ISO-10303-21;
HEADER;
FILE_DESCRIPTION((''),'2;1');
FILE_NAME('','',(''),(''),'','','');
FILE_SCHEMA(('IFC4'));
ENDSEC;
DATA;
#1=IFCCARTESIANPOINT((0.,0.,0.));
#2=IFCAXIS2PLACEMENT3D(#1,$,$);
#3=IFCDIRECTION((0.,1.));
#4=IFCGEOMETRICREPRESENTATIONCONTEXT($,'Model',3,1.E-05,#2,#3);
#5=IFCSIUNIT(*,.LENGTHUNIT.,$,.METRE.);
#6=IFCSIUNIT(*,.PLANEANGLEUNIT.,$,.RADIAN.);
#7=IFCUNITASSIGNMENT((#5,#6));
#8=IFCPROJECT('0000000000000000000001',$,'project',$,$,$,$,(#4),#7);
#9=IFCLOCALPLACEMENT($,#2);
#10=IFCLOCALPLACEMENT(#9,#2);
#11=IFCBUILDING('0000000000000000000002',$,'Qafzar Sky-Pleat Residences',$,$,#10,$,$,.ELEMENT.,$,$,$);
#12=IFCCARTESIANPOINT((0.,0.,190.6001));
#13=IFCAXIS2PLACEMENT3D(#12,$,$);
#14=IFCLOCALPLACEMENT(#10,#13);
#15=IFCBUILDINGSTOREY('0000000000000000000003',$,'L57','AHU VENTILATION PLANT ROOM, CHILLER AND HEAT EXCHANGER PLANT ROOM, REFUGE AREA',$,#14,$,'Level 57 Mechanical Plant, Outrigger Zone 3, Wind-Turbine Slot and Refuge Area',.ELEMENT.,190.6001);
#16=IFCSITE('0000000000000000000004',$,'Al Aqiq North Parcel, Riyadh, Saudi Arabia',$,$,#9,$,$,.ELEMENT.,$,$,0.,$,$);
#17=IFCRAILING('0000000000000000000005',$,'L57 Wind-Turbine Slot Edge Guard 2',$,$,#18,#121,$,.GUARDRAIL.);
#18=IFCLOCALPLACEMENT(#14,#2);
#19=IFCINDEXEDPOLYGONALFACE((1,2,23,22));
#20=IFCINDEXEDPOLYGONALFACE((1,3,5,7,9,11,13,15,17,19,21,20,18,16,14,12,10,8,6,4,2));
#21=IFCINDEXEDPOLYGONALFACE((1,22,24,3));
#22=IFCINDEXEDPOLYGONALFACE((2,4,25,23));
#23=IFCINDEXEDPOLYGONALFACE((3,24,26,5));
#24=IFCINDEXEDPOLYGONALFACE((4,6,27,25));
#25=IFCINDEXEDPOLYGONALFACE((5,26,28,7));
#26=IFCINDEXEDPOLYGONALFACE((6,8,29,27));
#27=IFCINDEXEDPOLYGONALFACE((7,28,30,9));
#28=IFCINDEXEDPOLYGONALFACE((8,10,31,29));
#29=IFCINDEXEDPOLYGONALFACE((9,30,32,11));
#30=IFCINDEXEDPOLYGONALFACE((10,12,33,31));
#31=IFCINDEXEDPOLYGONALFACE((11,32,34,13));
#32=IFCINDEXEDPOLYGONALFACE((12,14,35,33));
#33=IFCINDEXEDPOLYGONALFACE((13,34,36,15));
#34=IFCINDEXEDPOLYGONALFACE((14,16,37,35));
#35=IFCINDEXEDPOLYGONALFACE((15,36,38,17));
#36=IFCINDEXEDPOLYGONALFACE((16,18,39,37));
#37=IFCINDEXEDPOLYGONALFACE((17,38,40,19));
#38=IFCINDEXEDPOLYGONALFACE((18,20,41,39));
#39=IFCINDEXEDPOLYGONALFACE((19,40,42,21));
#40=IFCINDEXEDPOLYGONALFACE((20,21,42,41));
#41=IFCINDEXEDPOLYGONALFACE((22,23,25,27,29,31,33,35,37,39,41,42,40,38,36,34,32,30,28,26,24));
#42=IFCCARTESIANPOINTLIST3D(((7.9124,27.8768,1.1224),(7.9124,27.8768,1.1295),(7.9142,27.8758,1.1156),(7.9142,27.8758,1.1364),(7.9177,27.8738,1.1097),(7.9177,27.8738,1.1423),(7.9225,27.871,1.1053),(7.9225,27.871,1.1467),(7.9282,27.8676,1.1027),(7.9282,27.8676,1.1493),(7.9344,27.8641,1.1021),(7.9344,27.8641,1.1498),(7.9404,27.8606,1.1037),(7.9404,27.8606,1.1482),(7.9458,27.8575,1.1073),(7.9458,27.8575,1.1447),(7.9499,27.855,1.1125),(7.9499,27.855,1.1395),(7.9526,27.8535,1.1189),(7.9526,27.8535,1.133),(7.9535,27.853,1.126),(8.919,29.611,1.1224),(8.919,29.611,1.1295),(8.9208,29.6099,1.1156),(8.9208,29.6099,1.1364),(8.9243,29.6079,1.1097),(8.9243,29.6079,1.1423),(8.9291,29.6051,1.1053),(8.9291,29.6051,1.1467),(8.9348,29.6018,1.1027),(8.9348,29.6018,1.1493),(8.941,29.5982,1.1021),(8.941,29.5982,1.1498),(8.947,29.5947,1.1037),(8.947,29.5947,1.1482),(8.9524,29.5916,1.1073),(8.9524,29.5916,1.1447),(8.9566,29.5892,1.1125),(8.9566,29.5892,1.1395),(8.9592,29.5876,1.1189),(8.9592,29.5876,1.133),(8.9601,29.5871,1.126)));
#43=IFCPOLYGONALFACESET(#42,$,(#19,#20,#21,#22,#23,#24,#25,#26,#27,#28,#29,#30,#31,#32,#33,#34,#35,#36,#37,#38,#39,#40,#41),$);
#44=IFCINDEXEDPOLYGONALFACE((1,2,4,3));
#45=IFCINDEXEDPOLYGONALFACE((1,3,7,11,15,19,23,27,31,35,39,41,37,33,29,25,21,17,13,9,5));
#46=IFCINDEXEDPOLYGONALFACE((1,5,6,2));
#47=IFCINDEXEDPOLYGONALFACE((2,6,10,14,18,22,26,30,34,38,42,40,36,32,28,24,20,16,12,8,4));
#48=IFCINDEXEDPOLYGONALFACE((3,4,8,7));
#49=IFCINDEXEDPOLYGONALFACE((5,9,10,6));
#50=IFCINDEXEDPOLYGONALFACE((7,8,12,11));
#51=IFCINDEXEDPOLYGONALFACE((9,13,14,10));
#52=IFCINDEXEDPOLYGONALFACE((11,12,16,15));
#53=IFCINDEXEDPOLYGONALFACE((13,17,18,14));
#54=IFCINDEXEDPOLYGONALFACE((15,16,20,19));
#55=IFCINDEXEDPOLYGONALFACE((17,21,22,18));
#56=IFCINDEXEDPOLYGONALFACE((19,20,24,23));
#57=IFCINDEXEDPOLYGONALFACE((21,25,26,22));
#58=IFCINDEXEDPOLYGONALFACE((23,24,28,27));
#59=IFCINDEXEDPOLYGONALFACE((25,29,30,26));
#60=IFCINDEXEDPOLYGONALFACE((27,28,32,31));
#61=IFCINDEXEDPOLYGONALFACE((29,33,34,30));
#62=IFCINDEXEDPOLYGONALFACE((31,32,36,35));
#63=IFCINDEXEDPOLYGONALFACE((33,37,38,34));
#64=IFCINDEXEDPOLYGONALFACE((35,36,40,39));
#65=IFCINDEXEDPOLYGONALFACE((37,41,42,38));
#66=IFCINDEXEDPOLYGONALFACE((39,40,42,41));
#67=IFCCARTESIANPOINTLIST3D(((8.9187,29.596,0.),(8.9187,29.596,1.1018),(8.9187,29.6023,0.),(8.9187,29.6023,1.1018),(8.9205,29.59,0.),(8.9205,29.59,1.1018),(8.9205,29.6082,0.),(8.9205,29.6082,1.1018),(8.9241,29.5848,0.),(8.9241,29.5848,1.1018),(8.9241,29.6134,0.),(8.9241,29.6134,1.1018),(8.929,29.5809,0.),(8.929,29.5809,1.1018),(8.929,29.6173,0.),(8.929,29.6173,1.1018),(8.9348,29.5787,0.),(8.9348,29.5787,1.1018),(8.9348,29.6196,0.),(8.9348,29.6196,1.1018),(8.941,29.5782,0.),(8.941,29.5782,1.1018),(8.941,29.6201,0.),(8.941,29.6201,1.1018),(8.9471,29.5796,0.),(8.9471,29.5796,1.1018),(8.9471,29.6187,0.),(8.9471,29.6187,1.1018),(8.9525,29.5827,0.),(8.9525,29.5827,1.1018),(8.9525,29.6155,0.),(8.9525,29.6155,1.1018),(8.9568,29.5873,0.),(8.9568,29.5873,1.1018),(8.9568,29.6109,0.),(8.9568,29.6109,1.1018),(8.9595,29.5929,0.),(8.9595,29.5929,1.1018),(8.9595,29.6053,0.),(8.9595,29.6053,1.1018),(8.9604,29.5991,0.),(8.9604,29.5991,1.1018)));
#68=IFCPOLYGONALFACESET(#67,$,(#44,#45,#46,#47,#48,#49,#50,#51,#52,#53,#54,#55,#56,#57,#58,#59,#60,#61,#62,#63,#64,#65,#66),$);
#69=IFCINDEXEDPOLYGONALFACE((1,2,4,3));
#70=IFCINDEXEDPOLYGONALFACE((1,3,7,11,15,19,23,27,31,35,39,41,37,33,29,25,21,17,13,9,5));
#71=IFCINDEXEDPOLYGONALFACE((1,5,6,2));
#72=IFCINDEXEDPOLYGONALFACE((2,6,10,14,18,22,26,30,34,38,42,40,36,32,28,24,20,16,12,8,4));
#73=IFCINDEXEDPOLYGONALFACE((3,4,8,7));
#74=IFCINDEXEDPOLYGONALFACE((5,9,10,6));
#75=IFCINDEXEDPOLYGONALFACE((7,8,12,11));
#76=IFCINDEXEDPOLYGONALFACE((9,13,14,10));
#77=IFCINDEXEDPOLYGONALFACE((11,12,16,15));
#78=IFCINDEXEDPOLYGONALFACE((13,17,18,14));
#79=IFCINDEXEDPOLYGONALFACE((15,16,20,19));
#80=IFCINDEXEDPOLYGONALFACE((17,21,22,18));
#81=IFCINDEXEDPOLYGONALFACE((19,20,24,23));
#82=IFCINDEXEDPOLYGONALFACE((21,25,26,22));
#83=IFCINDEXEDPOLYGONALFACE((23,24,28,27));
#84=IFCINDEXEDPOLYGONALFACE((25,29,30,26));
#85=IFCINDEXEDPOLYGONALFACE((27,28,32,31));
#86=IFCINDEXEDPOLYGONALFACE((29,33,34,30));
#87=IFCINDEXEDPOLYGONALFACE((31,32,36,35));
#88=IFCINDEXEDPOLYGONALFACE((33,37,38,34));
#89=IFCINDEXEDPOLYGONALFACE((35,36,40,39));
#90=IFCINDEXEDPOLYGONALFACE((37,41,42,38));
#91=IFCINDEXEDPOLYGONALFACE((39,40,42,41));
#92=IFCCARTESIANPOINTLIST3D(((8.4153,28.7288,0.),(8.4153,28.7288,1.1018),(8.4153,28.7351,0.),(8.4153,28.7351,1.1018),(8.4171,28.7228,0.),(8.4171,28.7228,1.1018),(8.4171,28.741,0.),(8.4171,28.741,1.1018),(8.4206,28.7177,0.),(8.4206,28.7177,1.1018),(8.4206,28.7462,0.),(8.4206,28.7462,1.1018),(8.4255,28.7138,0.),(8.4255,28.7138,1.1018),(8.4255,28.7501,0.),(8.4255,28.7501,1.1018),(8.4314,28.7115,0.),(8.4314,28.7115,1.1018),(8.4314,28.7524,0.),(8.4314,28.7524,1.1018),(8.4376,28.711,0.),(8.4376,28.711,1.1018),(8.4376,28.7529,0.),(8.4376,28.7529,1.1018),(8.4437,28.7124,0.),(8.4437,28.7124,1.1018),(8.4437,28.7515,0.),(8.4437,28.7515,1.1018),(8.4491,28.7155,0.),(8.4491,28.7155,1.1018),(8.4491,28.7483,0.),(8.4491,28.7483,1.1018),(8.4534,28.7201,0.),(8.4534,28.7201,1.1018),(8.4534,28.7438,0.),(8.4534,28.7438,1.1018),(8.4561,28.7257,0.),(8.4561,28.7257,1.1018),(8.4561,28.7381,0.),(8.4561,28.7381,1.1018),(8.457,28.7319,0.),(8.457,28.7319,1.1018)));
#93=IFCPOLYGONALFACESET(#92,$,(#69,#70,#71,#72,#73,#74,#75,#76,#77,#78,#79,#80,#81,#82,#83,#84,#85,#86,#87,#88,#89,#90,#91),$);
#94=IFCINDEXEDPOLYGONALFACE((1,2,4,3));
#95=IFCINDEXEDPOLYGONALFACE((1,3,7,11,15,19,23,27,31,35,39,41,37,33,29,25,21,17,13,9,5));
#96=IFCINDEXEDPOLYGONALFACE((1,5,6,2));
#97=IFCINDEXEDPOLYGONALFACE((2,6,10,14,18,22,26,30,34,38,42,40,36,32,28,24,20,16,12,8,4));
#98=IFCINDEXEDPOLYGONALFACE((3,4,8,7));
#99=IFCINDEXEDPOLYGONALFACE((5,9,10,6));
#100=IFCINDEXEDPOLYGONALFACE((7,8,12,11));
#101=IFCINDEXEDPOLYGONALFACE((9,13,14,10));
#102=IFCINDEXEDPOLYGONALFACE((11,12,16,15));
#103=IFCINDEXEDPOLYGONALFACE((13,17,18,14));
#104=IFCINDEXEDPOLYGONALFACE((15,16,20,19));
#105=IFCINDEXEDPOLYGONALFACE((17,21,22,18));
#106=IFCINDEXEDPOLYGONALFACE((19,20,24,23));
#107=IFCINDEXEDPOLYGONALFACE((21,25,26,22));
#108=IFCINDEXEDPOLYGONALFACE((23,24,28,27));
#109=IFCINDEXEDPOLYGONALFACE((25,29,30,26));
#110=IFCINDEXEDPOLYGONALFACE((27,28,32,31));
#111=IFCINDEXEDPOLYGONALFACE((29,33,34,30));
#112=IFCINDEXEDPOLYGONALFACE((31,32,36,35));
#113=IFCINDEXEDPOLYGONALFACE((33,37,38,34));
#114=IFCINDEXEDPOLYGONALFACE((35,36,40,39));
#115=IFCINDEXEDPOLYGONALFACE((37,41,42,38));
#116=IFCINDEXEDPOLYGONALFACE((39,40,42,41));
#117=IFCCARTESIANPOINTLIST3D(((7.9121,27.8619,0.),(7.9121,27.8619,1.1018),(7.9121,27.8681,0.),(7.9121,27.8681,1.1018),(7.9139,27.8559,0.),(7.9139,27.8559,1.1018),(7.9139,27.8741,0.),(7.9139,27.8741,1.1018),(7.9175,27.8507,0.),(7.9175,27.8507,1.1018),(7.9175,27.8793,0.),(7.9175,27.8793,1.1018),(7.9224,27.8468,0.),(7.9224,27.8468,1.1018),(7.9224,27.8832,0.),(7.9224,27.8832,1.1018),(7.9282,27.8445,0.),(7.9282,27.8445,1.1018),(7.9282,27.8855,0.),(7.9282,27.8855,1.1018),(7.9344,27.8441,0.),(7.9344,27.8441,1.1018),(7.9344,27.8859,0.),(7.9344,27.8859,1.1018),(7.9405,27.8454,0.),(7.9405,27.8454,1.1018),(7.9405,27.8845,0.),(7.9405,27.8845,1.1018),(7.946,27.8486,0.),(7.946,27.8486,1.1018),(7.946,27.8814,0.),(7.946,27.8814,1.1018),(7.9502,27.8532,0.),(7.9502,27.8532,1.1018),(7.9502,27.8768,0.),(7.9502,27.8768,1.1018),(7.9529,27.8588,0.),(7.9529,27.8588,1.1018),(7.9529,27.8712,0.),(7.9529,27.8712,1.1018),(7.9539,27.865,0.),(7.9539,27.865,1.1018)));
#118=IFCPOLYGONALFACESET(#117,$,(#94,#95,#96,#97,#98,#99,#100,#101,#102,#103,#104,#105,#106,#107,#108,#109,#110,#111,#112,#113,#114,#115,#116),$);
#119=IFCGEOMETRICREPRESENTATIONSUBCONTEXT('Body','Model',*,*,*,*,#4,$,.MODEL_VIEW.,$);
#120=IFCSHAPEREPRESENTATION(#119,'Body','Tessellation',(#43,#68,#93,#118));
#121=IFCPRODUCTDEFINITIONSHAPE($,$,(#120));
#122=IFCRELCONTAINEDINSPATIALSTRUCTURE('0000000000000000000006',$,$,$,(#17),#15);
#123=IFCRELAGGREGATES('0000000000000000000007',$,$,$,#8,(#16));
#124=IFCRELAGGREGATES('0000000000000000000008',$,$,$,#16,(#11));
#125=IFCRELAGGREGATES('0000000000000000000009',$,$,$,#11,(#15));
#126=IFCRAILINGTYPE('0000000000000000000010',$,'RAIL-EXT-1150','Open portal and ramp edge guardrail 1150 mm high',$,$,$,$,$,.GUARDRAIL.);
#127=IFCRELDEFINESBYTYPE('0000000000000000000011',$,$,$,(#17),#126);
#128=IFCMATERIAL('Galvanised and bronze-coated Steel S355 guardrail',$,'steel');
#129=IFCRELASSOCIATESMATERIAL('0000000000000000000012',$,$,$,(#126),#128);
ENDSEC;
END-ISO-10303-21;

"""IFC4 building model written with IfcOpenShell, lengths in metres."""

from ifc_helpers import new_model, si_unit, direction, frame, origin, origin_2d, place, context, subcontext, project, spatial, circle, extrude, source, transform, mapped, material, type_object, element, save


model = new_model("IFC4")

# Units and contexts
model_context = context("Model", 3, precision=1e-05, world=origin(), true_north=direction((0.0, 1.0)))
body_context = subcontext(model_context, "Body", "Model", "MODEL_VIEW")
ifc_project = project(units=[si_unit("LENGTHUNIT", "METRE"), si_unit("PLANEANGLEUNIT", "RADIAN")], contexts=[model_context])

# Site, building, storey
site_placement = place(None, origin())
site = spatial("IfcSite", under=ifc_project, at=site_placement, Name="Al Aqiq North Parcel, Riyadh, Saudi Arabia", CompositionType="ELEMENT", RefElevation=0.0)
building_placement = place(site_placement, origin())
building = spatial("IfcBuilding", under=site, at=building_placement, Name="Qafzar Sky-Pleat Residences", CompositionType="ELEMENT")
storey_placement = place(building_placement, frame((0.0, 0.0, 190.6001)))
storey = spatial("IfcBuildingStorey", under=building, at=storey_placement, Name="L57", Description="AHU VENTILATION PLANT ROOM, CHILLER AND HEAT EXCHANGER PLANT ROOM, REFUGE AREA", LongName="Level 57 Mechanical Plant, Outrigger Zone 3, Wind-Turbine Slot and Refuge Area", CompositionType="ELEMENT", Elevation=190.6001)

# Railing
ifc_material_1 = material(Name="Galvanised and bronze-coated Steel S355 guardrail", Category="steel")
railing_type = type_object("IfcRailingType", Name="RAIL-EXT-1150", Description="Open portal and ramp edge guardrail 1150 mm high", PredefinedType="GUARDRAIL", material=ifc_material_1)
shared_shape_1 = source(origin(), body_context, "Body", "SweptSolid", [
    extrude(circle(Radius=0.0239, at=origin_2d()), frame((0.0, 0.0, 1.126), z_axis=(-0.502015, -0.864859, 0.0), x_axis=(0.864859, -0.502015, 0.0)), (0.0, 0.0, 1.0), 2.0051),
    extrude(circle(Radius=0.021, at=origin_2d()), origin(), (0.0, 0.0, 1.0), 1.1018),
    extrude(circle(Radius=0.021, at=origin_2d()), frame((-0.5034, -0.8672, 0.0)), (0.0, 0.0, 1.0), 1.1018),
    extrude(circle(Radius=0.021, at=origin_2d()), frame((-1.0066, -1.7341, 0.0)), (0.0, 0.0, 1.0), 1.1018),
])
railing_1_placement = place(storey_placement, frame((8.9395, 29.5991, 0.0)))
element("IfcRailing", 1, at=railing_1_placement, inside=storey, type_object=railing_type, Name="L57 Wind-Turbine Slot Edge Guard 2", PredefinedType="GUARDRAIL", context=body_context, shape_type="MappedRepresentation", body=[
    mapped(shared_shape_1, transform((0.0, 0.0, 0.0), x_axis=(1.0, 0.0, 0.0), y_axis=(0.0, 1.0, 0.0), z_axis=(0.0, 0.0, 1.0), scale=1.0)),
])

save(model, "model.ifc")
